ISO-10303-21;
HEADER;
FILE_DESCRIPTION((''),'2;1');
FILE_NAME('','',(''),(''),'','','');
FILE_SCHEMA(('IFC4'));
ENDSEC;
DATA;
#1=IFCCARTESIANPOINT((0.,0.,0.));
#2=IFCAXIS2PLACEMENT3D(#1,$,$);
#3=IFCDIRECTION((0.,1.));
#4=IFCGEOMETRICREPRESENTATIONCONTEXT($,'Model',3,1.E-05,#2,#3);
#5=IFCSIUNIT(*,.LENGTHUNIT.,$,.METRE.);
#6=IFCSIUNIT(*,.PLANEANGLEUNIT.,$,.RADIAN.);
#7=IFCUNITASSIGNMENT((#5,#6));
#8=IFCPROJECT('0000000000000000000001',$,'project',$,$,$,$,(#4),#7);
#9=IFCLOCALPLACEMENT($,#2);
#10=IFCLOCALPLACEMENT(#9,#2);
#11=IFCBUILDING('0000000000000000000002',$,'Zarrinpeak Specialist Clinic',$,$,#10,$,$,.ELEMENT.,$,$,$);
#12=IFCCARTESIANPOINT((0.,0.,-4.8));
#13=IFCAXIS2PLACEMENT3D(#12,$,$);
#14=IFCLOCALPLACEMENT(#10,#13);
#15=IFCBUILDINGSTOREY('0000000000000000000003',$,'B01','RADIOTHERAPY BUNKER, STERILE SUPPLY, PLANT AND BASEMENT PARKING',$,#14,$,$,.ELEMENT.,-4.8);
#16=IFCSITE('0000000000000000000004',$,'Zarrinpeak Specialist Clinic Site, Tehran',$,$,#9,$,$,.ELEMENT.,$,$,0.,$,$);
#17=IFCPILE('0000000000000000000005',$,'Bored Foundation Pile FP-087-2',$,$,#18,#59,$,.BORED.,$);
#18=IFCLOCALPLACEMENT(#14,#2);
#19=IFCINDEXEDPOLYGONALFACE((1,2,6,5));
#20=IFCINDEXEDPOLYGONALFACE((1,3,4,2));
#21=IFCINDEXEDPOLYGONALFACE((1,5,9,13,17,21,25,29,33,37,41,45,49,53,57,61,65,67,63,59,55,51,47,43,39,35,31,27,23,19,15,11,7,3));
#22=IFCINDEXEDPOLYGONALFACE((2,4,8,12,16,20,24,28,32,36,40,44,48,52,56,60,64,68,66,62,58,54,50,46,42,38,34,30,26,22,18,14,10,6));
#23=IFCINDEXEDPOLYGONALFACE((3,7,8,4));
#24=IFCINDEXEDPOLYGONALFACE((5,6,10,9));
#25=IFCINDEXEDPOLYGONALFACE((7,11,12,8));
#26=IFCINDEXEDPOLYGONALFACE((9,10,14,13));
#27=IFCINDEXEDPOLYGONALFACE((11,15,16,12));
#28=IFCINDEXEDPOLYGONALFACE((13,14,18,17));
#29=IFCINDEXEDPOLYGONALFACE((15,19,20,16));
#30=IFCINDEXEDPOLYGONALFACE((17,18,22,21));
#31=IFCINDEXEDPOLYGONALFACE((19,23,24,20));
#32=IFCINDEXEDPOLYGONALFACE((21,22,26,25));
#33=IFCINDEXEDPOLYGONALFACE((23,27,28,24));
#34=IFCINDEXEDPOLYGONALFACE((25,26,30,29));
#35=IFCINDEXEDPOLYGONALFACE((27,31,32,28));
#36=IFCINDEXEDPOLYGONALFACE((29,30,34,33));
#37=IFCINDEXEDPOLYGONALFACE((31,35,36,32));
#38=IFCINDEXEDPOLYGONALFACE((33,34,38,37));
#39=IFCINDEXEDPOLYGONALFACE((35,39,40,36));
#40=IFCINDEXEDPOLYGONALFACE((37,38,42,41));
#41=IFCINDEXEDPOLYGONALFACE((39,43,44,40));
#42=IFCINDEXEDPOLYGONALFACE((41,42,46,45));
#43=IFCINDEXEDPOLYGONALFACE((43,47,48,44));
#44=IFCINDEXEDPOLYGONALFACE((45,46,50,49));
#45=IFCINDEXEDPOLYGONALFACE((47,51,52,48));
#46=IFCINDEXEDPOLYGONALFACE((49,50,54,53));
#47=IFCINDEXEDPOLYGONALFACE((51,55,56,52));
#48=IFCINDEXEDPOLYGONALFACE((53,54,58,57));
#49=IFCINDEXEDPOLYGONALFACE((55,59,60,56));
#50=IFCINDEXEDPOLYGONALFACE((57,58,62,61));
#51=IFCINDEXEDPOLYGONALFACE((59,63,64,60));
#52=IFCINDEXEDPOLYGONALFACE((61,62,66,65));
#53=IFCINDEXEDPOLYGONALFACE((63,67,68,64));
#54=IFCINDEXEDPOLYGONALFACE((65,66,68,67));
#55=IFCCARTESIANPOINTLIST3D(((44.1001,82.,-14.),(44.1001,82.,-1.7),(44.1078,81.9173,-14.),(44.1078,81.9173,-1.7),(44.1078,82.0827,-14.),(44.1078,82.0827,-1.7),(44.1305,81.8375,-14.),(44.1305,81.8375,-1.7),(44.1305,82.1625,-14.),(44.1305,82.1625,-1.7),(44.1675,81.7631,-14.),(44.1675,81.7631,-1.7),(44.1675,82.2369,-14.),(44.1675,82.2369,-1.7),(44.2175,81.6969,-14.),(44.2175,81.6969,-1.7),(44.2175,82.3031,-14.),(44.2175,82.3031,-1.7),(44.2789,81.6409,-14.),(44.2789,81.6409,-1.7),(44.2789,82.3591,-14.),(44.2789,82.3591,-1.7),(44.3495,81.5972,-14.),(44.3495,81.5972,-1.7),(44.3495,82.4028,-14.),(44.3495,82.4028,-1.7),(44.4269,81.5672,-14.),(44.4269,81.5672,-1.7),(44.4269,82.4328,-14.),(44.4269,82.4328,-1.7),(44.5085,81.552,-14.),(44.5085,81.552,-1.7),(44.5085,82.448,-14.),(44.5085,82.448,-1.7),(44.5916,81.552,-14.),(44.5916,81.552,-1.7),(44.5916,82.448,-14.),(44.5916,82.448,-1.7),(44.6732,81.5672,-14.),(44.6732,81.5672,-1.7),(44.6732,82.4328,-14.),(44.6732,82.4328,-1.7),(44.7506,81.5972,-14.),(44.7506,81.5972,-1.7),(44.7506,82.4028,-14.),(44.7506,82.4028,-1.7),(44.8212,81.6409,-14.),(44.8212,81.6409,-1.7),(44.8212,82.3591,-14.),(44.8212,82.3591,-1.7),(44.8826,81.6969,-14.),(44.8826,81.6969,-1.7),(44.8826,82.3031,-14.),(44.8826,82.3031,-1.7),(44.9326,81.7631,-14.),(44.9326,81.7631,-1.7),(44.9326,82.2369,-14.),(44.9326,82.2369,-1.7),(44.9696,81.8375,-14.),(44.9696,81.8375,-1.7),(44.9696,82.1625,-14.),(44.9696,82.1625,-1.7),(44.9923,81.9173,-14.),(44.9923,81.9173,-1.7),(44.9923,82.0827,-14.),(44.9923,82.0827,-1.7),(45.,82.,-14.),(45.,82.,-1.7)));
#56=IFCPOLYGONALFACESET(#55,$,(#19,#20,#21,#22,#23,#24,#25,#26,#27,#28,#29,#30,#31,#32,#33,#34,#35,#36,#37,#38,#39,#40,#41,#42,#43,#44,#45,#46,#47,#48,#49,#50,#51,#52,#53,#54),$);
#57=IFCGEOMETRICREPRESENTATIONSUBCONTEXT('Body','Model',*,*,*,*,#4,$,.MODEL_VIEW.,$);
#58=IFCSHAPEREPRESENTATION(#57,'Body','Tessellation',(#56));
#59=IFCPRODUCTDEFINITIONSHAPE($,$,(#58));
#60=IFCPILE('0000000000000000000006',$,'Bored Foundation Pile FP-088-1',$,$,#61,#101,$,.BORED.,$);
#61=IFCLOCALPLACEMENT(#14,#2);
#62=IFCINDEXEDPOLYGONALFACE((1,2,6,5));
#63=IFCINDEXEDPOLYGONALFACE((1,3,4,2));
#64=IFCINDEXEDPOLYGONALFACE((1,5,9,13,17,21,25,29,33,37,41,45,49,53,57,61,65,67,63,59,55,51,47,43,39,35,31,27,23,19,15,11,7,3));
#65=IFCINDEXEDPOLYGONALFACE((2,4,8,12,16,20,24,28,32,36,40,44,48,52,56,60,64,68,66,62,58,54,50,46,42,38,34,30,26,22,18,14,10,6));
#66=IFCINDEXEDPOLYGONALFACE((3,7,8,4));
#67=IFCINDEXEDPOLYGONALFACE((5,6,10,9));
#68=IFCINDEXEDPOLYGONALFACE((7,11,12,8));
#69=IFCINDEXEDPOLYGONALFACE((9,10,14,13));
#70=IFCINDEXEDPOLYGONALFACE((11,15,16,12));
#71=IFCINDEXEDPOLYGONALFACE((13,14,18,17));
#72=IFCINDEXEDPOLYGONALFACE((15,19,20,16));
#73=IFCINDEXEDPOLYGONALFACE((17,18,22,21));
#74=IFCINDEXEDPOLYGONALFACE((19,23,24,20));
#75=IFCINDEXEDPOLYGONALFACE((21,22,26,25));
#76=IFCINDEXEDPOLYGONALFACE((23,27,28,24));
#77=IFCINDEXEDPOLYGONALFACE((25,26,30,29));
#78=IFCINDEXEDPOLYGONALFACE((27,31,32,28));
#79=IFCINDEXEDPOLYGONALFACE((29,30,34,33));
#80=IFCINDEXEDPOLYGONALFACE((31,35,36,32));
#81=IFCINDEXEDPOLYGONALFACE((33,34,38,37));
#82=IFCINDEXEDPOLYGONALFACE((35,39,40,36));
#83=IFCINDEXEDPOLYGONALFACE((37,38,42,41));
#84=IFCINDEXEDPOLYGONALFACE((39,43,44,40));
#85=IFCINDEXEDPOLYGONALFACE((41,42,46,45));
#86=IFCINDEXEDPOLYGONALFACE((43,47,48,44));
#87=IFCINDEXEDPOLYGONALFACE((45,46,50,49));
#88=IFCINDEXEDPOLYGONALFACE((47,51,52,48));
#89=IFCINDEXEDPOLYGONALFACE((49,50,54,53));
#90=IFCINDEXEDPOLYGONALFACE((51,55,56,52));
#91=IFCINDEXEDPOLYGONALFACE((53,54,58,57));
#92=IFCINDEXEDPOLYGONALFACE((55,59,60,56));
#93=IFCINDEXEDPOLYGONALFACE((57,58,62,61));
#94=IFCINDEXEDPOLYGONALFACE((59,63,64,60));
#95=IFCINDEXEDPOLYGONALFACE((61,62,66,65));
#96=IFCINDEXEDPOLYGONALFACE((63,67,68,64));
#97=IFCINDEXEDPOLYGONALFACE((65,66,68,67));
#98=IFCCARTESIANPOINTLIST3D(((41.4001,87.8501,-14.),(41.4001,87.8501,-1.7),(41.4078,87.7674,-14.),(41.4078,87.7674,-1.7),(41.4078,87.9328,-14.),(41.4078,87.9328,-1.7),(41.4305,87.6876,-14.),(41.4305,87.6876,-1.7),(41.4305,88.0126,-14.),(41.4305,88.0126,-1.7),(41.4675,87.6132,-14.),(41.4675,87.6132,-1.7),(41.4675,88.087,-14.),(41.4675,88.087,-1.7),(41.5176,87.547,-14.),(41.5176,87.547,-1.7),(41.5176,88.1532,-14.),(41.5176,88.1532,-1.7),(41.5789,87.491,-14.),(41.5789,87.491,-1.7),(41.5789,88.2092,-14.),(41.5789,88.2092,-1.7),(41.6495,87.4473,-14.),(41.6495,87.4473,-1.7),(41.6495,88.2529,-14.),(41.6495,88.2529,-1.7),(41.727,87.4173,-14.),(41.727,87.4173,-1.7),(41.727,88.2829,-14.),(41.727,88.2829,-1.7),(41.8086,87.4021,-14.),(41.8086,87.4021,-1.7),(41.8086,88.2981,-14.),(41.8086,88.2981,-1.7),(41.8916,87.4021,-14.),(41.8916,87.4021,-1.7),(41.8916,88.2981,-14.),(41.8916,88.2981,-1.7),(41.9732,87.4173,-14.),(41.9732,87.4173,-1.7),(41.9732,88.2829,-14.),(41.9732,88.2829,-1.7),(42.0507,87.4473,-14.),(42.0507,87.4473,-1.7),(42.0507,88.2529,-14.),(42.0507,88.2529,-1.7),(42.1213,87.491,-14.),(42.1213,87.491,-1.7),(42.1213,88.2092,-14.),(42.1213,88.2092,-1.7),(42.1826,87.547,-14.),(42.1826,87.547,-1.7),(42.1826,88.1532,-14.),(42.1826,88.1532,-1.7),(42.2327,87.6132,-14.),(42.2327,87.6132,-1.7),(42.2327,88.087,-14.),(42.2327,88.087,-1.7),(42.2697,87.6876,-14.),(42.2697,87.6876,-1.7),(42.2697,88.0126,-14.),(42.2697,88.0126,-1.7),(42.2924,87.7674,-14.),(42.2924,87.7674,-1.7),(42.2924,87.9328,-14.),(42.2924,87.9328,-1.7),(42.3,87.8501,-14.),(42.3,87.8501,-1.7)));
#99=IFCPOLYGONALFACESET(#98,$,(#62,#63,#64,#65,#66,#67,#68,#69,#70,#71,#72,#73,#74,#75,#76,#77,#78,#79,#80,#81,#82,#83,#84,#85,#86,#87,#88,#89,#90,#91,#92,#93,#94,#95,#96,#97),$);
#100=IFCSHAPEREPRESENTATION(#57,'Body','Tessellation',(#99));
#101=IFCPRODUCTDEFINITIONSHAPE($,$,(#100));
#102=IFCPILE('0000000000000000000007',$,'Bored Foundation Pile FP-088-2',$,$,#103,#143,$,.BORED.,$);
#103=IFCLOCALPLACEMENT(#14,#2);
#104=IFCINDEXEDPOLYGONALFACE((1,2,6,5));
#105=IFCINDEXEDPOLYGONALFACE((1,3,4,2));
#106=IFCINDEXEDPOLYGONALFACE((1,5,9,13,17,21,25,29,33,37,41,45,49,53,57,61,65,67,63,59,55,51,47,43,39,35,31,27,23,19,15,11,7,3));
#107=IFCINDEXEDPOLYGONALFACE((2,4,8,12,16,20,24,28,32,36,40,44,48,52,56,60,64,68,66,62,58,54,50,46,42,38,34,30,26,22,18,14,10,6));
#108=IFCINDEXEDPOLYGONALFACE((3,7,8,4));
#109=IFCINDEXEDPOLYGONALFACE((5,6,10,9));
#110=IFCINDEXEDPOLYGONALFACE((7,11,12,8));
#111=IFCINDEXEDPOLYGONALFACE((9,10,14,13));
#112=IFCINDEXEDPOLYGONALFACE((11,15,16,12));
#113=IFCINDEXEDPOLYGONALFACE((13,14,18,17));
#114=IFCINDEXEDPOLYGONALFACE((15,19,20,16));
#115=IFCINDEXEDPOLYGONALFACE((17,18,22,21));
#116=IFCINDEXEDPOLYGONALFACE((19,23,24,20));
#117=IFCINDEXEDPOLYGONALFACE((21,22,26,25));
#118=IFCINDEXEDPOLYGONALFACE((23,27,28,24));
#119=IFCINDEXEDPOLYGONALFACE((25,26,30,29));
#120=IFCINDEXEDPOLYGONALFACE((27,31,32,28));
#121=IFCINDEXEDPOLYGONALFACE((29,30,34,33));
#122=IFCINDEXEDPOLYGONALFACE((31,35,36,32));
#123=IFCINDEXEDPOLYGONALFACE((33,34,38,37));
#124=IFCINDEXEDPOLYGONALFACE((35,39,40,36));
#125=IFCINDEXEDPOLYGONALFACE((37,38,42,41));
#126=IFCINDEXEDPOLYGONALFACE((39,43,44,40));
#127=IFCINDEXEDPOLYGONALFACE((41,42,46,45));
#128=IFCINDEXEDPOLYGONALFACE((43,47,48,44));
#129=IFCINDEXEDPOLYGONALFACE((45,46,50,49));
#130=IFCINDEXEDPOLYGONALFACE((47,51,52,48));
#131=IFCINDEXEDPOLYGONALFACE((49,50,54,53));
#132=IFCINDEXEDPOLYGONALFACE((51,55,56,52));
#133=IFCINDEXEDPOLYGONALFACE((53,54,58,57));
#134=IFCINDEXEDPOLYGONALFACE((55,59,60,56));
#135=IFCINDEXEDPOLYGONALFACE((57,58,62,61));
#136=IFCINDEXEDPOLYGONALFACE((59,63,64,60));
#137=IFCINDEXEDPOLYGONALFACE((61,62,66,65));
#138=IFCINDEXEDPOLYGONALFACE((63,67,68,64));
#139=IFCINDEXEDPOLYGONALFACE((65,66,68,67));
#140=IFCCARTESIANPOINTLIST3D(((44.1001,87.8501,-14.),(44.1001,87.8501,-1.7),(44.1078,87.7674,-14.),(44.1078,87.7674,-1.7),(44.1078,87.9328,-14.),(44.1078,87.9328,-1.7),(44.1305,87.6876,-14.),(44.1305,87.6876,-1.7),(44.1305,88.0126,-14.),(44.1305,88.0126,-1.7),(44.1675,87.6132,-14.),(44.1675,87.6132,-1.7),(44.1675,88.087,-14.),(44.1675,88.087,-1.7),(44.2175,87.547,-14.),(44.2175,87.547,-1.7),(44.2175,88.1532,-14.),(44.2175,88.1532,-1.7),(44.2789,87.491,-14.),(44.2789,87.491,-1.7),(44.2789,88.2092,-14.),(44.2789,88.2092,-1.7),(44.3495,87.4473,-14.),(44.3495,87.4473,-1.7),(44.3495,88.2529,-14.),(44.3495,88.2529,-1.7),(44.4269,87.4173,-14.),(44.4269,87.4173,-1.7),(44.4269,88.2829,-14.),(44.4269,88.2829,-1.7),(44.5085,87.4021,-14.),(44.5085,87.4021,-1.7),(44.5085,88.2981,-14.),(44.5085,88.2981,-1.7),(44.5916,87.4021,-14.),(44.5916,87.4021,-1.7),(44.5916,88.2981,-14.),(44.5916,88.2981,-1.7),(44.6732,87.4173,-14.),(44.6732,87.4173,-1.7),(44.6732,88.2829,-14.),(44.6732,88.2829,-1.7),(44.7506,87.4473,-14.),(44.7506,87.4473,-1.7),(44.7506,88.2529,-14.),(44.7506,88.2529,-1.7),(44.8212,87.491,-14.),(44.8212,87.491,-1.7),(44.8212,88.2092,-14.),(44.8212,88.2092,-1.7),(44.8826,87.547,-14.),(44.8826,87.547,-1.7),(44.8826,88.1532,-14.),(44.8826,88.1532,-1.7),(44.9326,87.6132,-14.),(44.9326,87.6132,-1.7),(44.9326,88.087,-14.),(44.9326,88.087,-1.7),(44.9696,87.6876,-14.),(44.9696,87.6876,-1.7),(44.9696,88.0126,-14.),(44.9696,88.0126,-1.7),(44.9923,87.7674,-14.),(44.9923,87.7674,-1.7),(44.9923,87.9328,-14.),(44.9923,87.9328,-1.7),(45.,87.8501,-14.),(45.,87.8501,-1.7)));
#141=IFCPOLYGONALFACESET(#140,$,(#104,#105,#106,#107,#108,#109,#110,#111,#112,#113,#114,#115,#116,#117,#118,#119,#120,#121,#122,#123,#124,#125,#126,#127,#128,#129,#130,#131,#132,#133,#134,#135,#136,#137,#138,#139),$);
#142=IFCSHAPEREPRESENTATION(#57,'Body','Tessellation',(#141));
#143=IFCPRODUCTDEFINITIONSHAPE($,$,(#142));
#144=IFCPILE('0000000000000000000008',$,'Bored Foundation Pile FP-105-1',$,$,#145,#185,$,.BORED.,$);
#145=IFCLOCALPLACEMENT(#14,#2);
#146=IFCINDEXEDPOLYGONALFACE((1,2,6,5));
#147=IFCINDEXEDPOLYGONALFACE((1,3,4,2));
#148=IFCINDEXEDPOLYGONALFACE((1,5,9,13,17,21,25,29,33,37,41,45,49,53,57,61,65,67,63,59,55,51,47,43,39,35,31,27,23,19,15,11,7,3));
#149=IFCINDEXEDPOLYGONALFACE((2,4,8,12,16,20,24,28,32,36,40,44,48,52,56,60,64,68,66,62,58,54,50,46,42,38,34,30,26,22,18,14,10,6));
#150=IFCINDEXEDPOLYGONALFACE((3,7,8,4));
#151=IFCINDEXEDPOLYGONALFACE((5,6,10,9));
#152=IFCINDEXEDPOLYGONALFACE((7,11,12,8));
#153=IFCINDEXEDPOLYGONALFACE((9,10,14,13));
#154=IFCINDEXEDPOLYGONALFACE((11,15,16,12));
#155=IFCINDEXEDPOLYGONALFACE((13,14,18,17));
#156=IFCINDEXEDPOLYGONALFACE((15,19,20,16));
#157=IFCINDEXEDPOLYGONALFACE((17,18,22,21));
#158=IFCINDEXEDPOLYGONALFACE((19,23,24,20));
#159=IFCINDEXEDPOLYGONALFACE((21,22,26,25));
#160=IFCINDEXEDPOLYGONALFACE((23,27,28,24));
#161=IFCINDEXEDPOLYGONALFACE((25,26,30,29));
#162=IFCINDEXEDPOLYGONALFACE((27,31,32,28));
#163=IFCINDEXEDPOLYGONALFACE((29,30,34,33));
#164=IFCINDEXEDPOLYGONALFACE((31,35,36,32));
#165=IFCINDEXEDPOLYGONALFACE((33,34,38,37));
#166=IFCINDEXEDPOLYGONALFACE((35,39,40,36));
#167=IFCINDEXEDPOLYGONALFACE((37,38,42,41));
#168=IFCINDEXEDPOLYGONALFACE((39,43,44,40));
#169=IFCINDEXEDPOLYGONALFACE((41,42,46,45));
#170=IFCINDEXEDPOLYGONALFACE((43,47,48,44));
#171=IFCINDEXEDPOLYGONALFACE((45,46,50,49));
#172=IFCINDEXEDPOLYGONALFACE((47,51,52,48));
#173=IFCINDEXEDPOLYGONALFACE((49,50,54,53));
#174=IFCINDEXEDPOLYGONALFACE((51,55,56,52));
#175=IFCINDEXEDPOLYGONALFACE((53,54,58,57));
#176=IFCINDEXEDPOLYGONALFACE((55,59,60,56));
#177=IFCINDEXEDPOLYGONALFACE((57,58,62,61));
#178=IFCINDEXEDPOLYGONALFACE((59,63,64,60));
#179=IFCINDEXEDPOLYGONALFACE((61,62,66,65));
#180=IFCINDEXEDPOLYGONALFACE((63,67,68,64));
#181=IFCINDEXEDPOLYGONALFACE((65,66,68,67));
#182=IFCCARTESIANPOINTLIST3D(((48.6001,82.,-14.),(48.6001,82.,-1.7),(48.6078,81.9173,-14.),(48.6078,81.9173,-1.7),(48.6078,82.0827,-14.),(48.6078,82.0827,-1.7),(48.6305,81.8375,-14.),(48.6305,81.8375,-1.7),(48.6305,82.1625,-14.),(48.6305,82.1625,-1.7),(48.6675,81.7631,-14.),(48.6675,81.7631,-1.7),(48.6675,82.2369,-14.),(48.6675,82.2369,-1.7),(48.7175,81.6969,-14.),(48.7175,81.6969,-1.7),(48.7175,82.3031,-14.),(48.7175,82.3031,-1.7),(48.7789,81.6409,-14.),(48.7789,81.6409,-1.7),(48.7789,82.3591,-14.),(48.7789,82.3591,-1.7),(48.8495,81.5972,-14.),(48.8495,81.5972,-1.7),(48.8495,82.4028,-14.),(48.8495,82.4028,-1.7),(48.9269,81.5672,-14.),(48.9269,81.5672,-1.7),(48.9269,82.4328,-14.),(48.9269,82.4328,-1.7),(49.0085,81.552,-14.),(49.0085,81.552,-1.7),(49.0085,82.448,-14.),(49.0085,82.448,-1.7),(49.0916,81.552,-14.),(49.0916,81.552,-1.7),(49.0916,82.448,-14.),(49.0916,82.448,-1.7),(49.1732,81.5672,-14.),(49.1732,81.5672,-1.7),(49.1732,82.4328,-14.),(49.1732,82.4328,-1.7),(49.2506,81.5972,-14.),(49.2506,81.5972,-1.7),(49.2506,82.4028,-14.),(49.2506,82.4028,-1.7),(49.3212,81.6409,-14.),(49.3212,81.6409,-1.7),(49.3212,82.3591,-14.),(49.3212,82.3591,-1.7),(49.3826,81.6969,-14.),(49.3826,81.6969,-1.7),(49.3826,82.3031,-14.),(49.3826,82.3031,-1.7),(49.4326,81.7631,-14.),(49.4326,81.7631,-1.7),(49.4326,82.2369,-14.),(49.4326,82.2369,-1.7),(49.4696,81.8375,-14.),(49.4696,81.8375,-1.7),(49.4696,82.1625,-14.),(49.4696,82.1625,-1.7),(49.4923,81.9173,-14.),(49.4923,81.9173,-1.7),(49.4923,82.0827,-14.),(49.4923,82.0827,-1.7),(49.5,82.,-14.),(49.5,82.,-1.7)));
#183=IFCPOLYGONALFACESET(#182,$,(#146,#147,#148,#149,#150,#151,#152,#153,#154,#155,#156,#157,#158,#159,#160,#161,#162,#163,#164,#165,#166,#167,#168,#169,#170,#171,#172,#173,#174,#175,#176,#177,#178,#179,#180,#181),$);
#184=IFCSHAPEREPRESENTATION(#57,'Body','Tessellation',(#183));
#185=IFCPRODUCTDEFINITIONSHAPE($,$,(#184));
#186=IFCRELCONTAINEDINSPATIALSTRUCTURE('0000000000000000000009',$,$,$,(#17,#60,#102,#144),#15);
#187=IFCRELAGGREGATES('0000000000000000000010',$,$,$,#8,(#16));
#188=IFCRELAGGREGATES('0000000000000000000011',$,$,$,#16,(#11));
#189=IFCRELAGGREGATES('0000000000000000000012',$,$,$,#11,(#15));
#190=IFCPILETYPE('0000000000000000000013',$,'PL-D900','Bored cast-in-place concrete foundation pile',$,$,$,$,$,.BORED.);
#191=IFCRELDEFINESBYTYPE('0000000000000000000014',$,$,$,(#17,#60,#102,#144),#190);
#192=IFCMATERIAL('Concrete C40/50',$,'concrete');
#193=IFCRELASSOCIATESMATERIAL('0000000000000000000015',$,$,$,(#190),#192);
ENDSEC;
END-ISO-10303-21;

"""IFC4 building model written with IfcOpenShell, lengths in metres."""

from ifc_helpers import new_model, si_unit, direction, frame, origin, origin_2d, place, context, subcontext, project, spatial, circle, extrude, material, material_profile, profile_set, type_object, element, save


model = new_model("IFC4")

# Units and contexts
model_context = context("Model", 3, precision=1e-05, world=origin(), true_north=direction((0.0, 1.0)))
body_context = subcontext(model_context, "Body", "Model", "MODEL_VIEW")
ifc_project = project(units=[si_unit("LENGTHUNIT", "METRE"), si_unit("PLANEANGLEUNIT", "RADIAN")], contexts=[model_context])

# Site, building, storey
site_placement = place(None, origin())
site = spatial("IfcSite", under=ifc_project, at=site_placement, Name="Zarrinpeak Specialist Clinic Site, Tehran", CompositionType="ELEMENT", RefElevation=0.0)
building_placement = place(site_placement, origin())
building = spatial("IfcBuilding", under=site, at=building_placement, Name="Zarrinpeak Specialist Clinic", CompositionType="ELEMENT")
storey_placement = place(building_placement, frame((0.0, 0.0, -4.8)))
storey = spatial("IfcBuildingStorey", under=building, at=storey_placement, Name="B01", Description="RADIOTHERAPY BUNKER, STERILE SUPPLY, PLANT AND BASEMENT PARKING", CompositionType="ELEMENT", Elevation=-4.8)

# Shared definitions
ifc_material_1 = material(Name="Concrete C40/50", Category="concrete")

# Piles
ifc_material_profile_1 = material_profile(ifc_material_1, circle(Radius=0.45, at=origin_2d()), Name="BORED PILE D900")
ifc_profile_set_1 = profile_set([ifc_material_profile_1], Name="Concrete C40/50")
pile_type = type_object("IfcPileType", Name="PL-D900", Description="Bored cast-in-place concrete foundation pile", PredefinedType="BORED", material=ifc_profile_set_1)
for number, where, z_axis, x_axis, name in (
    (1, (44.55, 82.0, -1.7), (0.0, 0.0, -1.0), (1.0, 0.0, 0.0), "Bored Foundation Pile FP-087-2"),
    (2, (41.8501, 87.8501, -1.7), (0.0, 0.0, -1.0), (1.0, 0.0, 0.0), "Bored Foundation Pile FP-088-1"),
    (3, (44.55, 87.8501, -1.7), (0.0, 0.0, -1.0), (1.0, 0.0, 0.0), "Bored Foundation Pile FP-088-2"),
    (4, (49.05, 82.0, -1.7), (0.0, 0.0, -1.0), (1.0, 0.0, 0.0), "Bored Foundation Pile FP-105-1"),
):
    element("IfcPile", number, at=place(storey_placement, frame(where, z_axis=z_axis, x_axis=x_axis)), inside=storey, type_object=pile_type, Name=name, PredefinedType="BORED", context=body_context, shape_type="SweptSolid", body=[
        extrude(circle(Radius=0.45, at=origin_2d()), origin(), (0.0, 0.0, 1.0), 12.3),
    ])

save(model, "model.ifc")
